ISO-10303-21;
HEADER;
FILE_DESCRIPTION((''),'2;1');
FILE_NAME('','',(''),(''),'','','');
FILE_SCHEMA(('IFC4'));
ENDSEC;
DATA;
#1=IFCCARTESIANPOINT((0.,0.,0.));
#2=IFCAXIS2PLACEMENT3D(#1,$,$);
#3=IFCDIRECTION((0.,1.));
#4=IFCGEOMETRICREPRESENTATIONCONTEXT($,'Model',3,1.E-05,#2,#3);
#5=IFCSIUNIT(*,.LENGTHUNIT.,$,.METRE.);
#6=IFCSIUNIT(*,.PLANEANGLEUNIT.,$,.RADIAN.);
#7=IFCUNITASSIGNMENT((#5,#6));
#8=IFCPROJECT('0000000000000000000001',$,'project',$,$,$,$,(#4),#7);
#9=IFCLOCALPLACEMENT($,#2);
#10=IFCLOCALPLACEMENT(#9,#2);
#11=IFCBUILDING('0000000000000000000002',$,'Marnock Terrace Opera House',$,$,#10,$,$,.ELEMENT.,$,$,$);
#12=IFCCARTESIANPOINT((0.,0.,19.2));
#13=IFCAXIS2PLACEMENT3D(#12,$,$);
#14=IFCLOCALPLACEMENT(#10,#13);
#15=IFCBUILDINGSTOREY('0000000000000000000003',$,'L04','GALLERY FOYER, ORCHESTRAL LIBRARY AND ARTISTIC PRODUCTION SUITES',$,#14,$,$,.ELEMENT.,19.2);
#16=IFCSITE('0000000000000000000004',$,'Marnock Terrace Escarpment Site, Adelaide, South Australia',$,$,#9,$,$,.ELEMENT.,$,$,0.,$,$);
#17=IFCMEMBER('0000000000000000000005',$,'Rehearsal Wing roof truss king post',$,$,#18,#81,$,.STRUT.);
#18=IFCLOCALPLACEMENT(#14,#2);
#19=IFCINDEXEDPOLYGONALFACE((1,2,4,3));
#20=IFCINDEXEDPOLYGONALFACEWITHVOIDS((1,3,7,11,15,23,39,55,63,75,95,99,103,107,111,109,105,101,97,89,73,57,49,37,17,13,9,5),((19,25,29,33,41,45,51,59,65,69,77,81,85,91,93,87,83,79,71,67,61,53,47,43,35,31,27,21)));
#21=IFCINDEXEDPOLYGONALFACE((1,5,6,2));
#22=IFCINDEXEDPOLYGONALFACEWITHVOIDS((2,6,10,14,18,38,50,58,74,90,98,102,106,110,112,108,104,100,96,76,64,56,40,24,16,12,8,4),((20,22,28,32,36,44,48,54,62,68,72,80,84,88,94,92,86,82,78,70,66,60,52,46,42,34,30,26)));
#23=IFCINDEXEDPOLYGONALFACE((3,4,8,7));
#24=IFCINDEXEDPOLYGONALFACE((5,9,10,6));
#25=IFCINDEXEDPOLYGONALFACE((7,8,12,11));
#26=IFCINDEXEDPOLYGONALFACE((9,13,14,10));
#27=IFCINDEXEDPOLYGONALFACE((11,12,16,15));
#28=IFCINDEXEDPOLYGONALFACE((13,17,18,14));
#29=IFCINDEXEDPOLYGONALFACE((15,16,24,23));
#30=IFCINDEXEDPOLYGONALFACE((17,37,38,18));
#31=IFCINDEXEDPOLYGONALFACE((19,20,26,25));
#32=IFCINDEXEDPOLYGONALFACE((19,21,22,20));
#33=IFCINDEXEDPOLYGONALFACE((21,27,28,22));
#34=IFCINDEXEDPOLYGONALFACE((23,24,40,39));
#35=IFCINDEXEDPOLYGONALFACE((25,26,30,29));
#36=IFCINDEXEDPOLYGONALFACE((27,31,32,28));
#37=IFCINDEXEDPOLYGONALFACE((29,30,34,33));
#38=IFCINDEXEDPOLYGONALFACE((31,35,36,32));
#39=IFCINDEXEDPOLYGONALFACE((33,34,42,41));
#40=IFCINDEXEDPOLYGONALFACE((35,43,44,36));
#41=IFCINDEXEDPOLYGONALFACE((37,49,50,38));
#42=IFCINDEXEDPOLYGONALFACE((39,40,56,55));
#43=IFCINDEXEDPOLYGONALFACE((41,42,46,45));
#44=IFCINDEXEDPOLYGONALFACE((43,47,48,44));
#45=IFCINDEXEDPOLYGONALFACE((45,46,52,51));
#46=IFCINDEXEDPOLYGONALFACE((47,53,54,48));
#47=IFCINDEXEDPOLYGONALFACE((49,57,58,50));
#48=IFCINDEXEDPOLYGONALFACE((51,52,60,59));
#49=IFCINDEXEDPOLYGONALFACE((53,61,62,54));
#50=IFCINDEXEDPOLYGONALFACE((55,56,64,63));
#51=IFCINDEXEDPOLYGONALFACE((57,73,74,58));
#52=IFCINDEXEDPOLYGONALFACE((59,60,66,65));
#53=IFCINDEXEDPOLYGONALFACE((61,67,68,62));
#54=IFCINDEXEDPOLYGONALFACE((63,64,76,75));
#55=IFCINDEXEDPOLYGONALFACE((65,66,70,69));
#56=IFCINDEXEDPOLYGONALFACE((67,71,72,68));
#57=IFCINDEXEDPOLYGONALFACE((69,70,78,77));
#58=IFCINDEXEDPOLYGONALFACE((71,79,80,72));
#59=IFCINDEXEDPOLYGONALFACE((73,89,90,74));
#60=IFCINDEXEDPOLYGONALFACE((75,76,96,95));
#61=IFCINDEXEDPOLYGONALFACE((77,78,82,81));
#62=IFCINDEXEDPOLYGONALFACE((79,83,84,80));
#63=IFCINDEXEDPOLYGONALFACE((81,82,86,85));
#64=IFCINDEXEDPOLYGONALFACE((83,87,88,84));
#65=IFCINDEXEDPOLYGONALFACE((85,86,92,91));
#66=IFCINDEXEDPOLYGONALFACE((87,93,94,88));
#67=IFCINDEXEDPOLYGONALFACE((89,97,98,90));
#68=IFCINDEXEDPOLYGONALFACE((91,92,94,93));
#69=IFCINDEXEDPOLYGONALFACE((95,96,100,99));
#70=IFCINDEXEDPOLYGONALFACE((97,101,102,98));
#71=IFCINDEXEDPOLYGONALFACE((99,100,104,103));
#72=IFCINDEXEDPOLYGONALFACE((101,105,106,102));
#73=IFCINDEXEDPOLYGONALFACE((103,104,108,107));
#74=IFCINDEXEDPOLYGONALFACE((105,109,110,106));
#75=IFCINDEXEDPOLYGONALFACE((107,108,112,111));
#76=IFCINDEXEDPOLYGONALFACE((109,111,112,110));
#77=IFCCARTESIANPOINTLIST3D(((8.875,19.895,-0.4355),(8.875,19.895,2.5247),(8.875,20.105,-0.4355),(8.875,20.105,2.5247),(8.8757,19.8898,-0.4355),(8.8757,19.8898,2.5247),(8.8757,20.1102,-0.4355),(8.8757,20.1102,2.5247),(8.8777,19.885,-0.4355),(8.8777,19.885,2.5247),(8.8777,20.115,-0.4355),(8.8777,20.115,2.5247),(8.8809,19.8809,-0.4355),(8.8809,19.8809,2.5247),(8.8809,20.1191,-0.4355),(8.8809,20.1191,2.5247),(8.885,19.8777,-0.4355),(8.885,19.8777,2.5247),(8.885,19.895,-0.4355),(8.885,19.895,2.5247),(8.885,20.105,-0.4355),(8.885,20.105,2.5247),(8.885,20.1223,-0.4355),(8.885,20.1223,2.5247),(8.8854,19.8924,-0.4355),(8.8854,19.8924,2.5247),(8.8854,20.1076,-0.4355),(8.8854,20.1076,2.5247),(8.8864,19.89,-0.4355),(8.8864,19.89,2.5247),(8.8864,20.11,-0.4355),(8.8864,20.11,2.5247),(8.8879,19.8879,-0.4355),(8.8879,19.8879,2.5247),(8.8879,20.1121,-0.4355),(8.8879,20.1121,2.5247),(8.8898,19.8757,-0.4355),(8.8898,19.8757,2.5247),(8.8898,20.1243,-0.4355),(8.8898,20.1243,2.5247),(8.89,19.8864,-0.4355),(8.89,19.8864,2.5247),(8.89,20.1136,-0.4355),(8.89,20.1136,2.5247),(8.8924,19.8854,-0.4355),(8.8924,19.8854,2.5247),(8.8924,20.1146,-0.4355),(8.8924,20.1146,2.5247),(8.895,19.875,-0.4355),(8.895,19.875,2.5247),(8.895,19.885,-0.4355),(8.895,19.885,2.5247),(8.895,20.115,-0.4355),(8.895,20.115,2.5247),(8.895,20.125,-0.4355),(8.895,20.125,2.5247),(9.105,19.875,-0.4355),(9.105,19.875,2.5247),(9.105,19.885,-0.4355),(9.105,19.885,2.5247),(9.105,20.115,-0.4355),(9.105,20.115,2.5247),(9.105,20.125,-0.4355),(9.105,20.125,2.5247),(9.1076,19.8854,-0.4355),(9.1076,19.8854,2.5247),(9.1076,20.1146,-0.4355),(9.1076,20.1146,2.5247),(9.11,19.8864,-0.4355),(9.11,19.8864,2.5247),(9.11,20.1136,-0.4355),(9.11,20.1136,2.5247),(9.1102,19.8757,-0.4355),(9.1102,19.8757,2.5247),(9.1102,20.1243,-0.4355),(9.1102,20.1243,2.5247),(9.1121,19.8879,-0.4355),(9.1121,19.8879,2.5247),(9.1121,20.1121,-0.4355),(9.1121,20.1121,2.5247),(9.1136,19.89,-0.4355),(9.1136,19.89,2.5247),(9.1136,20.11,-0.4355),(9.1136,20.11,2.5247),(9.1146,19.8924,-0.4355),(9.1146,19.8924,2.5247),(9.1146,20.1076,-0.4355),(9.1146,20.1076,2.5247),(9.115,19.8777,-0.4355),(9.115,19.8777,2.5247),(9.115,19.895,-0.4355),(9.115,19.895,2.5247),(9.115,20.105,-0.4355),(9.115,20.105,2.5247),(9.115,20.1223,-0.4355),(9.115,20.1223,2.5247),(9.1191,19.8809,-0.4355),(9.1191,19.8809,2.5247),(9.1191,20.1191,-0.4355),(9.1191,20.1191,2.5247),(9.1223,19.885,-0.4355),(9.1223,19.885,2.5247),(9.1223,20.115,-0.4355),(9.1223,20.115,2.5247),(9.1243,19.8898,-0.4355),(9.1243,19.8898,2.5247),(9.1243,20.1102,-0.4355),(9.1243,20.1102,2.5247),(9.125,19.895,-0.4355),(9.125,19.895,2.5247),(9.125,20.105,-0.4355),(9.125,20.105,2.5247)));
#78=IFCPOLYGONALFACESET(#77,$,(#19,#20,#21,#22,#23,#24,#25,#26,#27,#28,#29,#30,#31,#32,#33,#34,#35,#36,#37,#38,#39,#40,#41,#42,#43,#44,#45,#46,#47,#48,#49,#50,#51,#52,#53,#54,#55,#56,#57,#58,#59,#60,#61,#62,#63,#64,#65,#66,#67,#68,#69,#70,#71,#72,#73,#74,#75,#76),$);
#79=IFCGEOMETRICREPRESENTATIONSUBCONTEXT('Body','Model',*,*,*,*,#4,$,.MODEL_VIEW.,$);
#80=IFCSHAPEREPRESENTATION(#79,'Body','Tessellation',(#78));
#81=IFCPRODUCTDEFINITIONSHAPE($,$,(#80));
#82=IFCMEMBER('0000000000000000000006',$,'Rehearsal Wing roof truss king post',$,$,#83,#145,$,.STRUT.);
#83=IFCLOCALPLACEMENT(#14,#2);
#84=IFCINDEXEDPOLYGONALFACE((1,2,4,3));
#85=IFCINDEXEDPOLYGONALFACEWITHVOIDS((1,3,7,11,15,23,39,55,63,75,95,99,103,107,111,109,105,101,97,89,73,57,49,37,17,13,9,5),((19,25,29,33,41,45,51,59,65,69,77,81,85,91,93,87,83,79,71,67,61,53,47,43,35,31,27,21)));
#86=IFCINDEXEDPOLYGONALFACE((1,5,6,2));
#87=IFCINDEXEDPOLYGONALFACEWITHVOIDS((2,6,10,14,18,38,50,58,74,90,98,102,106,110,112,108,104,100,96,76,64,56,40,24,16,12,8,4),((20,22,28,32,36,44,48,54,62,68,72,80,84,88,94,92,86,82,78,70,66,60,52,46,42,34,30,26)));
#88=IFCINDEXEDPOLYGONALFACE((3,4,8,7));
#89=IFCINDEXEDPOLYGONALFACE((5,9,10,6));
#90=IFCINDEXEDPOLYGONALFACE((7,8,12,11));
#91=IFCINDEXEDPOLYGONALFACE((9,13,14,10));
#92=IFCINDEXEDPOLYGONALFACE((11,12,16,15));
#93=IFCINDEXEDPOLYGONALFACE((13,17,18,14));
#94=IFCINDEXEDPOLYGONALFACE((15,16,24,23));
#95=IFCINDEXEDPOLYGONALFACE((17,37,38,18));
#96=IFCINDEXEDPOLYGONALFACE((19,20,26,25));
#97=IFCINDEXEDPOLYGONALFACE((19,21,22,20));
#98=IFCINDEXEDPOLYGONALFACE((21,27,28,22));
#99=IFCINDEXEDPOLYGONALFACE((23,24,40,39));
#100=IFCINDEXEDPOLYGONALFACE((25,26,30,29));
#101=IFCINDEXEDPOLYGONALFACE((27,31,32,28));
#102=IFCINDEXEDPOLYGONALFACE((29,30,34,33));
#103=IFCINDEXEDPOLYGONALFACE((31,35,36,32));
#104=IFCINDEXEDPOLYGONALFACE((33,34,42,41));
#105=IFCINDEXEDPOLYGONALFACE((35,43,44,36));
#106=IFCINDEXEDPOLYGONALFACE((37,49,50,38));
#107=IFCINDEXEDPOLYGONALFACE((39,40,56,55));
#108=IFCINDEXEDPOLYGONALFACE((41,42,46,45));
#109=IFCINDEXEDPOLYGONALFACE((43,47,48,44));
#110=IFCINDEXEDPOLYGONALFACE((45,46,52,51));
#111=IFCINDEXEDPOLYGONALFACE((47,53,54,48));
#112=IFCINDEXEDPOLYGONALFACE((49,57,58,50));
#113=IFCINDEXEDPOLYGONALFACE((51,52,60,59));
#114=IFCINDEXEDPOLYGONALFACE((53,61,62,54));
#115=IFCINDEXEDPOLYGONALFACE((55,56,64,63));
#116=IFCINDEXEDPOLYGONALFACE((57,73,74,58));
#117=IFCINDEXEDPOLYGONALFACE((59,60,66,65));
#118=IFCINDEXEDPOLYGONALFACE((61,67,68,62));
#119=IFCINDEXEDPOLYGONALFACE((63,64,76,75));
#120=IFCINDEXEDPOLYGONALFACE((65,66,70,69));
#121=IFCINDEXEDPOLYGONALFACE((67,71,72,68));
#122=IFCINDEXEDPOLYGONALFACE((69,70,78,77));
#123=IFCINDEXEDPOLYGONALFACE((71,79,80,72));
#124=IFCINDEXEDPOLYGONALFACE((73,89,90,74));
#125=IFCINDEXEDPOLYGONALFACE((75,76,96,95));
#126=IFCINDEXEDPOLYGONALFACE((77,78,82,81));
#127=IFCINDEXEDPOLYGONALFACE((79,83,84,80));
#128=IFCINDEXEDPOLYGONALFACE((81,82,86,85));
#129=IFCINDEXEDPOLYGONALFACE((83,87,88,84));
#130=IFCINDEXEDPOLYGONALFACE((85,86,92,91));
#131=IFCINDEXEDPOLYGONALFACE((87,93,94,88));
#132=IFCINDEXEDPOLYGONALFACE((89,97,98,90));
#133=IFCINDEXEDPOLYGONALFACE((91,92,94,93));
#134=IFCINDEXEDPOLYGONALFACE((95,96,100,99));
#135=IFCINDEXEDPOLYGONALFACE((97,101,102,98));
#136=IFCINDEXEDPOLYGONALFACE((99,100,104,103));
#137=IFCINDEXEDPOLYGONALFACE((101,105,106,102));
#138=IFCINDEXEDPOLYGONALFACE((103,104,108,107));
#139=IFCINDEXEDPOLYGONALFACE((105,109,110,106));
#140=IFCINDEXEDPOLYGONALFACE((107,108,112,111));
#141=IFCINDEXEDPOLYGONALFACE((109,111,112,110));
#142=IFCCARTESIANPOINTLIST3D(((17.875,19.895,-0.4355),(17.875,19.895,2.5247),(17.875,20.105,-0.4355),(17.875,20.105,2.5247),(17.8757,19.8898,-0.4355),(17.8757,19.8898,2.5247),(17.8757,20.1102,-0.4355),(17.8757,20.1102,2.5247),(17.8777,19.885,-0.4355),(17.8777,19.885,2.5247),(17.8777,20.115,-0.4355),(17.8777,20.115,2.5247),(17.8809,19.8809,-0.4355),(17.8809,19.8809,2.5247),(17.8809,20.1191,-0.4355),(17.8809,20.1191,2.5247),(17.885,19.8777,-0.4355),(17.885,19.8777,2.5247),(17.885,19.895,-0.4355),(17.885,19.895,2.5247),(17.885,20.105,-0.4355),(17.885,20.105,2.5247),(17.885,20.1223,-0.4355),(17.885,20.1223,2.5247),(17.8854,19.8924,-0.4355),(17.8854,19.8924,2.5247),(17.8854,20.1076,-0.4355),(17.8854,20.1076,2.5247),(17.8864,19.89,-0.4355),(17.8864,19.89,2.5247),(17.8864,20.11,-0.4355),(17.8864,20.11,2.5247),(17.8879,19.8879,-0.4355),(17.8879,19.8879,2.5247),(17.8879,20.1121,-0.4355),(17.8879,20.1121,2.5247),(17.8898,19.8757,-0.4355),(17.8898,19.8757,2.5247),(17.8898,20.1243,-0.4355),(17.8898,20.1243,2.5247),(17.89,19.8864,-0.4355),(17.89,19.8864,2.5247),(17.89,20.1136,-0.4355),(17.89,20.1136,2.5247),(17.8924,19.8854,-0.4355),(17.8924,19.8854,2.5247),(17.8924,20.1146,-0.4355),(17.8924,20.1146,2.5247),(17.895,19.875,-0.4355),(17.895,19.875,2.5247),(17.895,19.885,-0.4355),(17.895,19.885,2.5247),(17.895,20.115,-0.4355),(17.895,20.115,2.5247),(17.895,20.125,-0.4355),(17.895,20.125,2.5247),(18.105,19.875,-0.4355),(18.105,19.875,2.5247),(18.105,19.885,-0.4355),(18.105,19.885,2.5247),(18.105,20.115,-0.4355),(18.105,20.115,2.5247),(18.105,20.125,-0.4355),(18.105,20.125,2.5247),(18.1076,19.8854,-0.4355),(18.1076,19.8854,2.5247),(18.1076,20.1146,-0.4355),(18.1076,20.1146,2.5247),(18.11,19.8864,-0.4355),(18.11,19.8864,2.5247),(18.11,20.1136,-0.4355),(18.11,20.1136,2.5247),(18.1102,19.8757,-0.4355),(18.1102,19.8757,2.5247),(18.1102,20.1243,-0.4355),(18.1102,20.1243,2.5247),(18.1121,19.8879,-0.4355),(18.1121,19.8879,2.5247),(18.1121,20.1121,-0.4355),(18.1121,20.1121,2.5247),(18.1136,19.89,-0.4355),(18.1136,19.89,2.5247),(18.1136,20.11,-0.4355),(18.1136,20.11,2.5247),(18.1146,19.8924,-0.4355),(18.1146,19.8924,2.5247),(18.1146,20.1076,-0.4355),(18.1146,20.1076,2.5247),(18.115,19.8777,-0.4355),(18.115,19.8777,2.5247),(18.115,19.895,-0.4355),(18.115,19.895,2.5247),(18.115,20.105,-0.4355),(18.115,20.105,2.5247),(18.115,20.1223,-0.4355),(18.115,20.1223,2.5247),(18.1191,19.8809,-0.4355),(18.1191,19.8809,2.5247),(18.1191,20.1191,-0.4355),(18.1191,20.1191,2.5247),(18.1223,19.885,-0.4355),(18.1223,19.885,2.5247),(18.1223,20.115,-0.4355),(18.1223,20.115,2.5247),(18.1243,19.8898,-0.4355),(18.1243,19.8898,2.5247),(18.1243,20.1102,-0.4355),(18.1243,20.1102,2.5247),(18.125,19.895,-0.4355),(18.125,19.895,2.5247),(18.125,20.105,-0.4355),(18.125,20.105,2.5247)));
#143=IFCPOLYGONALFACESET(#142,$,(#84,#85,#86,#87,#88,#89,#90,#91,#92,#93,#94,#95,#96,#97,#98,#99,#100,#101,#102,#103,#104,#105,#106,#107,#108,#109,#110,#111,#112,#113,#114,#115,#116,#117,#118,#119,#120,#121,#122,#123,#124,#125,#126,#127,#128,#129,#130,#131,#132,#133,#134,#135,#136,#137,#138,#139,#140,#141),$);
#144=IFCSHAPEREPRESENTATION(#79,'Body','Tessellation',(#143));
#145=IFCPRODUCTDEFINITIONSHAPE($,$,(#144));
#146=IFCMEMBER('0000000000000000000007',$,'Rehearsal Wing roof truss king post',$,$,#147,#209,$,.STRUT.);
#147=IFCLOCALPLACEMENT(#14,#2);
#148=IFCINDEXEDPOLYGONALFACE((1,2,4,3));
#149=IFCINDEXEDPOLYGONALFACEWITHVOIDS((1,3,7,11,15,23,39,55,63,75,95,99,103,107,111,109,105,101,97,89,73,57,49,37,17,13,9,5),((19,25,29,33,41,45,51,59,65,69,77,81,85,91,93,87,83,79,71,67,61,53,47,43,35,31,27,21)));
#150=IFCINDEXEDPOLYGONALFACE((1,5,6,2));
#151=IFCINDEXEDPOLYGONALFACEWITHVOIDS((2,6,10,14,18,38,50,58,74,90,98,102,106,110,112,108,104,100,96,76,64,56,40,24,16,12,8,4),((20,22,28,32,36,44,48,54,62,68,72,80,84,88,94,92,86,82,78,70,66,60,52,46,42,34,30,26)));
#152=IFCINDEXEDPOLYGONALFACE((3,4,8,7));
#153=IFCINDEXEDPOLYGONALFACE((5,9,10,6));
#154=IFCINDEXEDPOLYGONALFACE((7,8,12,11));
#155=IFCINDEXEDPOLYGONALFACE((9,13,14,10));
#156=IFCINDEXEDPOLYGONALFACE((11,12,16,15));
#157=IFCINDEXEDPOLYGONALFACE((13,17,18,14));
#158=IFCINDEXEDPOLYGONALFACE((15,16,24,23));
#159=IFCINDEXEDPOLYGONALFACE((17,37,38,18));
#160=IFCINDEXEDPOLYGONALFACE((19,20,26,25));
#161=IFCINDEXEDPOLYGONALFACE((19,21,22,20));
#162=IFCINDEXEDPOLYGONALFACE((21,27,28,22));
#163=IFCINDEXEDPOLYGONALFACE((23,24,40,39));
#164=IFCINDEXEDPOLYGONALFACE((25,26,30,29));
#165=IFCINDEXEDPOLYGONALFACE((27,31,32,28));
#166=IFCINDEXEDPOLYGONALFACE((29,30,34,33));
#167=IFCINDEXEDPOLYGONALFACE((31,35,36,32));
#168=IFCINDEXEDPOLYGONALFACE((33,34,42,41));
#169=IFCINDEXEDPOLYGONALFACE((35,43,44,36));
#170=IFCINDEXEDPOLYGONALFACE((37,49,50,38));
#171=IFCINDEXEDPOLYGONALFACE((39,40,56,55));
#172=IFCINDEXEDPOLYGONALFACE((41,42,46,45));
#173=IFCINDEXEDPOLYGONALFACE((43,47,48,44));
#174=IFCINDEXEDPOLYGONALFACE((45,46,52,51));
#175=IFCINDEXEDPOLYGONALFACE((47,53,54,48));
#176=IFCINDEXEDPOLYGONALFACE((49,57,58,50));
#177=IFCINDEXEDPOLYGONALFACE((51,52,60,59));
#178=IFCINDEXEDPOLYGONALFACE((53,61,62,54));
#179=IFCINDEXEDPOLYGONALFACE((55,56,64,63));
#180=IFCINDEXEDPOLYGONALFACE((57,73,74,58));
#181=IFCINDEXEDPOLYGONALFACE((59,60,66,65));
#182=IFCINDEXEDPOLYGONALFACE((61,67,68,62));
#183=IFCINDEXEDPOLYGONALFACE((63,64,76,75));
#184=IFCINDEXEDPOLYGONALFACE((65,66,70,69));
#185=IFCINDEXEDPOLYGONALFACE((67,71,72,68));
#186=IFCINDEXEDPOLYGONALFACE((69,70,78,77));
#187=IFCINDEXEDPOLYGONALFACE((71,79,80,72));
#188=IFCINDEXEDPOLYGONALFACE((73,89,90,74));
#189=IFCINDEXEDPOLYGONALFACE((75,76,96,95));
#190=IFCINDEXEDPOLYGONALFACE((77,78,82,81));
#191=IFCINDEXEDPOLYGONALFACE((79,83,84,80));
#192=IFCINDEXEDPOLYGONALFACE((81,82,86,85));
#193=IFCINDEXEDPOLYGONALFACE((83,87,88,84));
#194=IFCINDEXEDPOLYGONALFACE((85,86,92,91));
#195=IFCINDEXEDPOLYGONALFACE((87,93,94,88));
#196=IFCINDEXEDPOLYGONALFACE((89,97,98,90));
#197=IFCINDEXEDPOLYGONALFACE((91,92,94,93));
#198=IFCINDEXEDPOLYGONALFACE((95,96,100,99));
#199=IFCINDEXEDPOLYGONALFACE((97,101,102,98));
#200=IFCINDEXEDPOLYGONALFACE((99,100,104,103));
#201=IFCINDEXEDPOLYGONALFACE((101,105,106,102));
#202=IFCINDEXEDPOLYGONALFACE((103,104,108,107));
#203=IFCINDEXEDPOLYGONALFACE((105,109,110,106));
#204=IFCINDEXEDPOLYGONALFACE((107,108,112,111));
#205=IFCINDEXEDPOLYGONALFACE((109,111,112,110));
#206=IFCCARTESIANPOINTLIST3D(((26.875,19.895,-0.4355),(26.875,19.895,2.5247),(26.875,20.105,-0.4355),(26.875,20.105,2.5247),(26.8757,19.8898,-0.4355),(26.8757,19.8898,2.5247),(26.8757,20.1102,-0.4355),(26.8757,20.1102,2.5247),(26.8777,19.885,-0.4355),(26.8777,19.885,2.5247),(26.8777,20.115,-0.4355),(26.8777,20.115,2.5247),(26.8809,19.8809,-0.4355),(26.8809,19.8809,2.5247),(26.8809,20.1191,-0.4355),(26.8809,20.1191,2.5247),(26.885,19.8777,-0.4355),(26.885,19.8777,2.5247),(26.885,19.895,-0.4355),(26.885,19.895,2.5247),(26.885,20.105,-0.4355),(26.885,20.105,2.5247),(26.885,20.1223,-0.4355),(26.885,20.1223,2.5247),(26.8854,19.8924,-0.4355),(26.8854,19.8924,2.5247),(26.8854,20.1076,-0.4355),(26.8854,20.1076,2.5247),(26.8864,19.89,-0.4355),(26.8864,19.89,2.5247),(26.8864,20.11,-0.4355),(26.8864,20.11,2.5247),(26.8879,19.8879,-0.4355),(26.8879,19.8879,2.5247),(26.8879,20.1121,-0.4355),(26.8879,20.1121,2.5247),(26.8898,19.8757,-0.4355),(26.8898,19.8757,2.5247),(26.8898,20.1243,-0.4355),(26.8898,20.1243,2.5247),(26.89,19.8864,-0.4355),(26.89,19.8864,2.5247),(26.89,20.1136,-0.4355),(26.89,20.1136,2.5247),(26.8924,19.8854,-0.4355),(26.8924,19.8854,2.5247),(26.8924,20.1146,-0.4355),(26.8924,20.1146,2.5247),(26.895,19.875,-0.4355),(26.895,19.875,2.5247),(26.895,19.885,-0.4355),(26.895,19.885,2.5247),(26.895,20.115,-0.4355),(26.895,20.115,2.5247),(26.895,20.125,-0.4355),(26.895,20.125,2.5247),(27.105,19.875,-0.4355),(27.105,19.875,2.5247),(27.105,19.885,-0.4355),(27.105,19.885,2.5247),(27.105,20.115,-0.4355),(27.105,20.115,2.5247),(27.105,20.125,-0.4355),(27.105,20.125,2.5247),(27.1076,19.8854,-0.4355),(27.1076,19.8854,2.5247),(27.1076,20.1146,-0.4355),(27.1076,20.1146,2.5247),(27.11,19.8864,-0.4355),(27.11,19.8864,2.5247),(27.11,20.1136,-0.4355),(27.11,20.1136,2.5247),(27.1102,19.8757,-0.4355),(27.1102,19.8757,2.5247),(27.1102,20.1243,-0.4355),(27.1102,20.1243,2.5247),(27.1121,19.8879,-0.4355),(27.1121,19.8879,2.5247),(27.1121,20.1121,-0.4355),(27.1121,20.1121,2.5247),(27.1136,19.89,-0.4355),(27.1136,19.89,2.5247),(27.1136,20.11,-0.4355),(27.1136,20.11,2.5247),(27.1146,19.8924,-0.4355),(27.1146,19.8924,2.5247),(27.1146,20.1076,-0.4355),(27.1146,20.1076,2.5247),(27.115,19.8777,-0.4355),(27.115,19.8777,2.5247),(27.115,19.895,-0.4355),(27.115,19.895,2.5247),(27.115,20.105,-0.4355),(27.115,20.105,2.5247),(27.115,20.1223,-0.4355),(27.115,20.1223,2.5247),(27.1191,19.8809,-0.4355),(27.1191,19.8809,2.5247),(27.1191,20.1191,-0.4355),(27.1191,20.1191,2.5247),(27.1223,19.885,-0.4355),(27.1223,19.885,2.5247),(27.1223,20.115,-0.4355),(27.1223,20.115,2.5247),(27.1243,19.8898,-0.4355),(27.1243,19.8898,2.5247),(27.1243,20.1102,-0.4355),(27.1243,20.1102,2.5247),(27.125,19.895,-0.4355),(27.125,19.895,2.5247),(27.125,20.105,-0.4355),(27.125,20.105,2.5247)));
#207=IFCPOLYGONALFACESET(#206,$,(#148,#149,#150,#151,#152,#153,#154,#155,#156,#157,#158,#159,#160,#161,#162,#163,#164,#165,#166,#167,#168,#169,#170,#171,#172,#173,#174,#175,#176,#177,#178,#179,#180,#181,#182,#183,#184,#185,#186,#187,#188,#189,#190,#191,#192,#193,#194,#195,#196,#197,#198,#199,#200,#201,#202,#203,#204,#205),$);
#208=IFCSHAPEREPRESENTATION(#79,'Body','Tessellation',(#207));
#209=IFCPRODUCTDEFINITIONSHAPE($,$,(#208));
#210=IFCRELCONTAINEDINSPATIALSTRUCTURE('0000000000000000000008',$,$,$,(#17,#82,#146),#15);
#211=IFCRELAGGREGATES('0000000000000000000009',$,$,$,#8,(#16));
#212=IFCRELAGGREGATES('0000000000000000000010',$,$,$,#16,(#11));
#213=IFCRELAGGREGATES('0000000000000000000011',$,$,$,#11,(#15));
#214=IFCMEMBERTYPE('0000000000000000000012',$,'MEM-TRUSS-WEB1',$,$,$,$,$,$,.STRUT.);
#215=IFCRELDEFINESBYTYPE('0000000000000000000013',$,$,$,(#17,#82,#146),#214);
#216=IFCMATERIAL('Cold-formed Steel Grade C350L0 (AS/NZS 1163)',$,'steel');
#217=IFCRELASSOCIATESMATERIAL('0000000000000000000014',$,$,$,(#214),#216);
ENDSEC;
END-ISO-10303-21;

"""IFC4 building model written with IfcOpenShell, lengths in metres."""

from ifc_helpers import new_model, si_unit, direction, frame, origin, origin_2d, place, context, subcontext, project, spatial, hollow_rectangle, extrude, material, material_profile, profile_set, type_object, element, save


model = new_model("IFC4")

# Units and contexts
model_context = context("Model", 3, precision=1e-05, world=origin(), true_north=direction((0.0, 1.0)))
body_context = subcontext(model_context, "Body", "Model", "MODEL_VIEW")
ifc_project = project(units=[si_unit("LENGTHUNIT", "METRE"), si_unit("PLANEANGLEUNIT", "RADIAN")], contexts=[model_context])

# Site, building, storey
site_placement = place(None, origin())
site = spatial("IfcSite", under=ifc_project, at=site_placement, Name="Marnock Terrace Escarpment Site, Adelaide, South Australia", CompositionType="ELEMENT", RefElevation=0.0)
building_placement = place(site_placement, origin())
building = spatial("IfcBuilding", under=site, at=building_placement, Name="Marnock Terrace Opera House", CompositionType="ELEMENT")
storey_placement = place(building_placement, frame((0.0, 0.0, 19.2)))
storey = spatial("IfcBuildingStorey", under=building, at=storey_placement, Name="L04", Description="GALLERY FOYER, ORCHESTRAL LIBRARY AND ARTISTIC PRODUCTION SUITES", CompositionType="ELEMENT", Elevation=19.2)

# Members
ifc_material_1 = material(Name="Cold-formed Steel Grade C350L0 (AS/NZS 1163)", Category="steel")
ifc_material_profile_1 = material_profile(ifc_material_1, hollow_rectangle(XDim=0.25, YDim=0.25, WallThickness=0.01, InnerFilletRadius=0.01, OuterFilletRadius=0.02, at=origin_2d()))
ifc_profile_set_1 = profile_set([ifc_material_profile_1], Name="Cold-formed Steel Grade C350L0 (AS/NZS 1163)")
member_type_1 = type_object("IfcMemberType", Name="MEM-TRUSS-WEB1", PredefinedType="STRUT", material=ifc_profile_set_1)
for number, where, z_axis, x_axis, name in (
    (1, (9.0, 20.0, -0.4355), (0.0, 0.0, 1.0), (1.0, 0.0, 0.0), "Rehearsal Wing roof truss king post"),
    (2, (18.0, 20.0, -0.4355), (0.0, 0.0, 1.0), (1.0, 0.0, 0.0), "Rehearsal Wing roof truss king post"),
    (3, (27.0, 20.0, -0.4355), (0.0, 0.0, 1.0), (1.0, 0.0, 0.0), "Rehearsal Wing roof truss king post"),
):
    element("IfcMember", number, at=place(storey_placement, frame(where, z_axis=z_axis, x_axis=x_axis)), inside=storey, type_object=member_type_1, Name=name, PredefinedType="STRUT", context=body_context, shape_type="SweptSolid", body=[
        extrude(hollow_rectangle(XDim=0.25, YDim=0.25, WallThickness=0.01, InnerFilletRadius=0.01, OuterFilletRadius=0.02, at=origin_2d()), origin(), (0.0, 0.0, 1.0), 2.9602),
    ])

save(model, "model.ifc")
